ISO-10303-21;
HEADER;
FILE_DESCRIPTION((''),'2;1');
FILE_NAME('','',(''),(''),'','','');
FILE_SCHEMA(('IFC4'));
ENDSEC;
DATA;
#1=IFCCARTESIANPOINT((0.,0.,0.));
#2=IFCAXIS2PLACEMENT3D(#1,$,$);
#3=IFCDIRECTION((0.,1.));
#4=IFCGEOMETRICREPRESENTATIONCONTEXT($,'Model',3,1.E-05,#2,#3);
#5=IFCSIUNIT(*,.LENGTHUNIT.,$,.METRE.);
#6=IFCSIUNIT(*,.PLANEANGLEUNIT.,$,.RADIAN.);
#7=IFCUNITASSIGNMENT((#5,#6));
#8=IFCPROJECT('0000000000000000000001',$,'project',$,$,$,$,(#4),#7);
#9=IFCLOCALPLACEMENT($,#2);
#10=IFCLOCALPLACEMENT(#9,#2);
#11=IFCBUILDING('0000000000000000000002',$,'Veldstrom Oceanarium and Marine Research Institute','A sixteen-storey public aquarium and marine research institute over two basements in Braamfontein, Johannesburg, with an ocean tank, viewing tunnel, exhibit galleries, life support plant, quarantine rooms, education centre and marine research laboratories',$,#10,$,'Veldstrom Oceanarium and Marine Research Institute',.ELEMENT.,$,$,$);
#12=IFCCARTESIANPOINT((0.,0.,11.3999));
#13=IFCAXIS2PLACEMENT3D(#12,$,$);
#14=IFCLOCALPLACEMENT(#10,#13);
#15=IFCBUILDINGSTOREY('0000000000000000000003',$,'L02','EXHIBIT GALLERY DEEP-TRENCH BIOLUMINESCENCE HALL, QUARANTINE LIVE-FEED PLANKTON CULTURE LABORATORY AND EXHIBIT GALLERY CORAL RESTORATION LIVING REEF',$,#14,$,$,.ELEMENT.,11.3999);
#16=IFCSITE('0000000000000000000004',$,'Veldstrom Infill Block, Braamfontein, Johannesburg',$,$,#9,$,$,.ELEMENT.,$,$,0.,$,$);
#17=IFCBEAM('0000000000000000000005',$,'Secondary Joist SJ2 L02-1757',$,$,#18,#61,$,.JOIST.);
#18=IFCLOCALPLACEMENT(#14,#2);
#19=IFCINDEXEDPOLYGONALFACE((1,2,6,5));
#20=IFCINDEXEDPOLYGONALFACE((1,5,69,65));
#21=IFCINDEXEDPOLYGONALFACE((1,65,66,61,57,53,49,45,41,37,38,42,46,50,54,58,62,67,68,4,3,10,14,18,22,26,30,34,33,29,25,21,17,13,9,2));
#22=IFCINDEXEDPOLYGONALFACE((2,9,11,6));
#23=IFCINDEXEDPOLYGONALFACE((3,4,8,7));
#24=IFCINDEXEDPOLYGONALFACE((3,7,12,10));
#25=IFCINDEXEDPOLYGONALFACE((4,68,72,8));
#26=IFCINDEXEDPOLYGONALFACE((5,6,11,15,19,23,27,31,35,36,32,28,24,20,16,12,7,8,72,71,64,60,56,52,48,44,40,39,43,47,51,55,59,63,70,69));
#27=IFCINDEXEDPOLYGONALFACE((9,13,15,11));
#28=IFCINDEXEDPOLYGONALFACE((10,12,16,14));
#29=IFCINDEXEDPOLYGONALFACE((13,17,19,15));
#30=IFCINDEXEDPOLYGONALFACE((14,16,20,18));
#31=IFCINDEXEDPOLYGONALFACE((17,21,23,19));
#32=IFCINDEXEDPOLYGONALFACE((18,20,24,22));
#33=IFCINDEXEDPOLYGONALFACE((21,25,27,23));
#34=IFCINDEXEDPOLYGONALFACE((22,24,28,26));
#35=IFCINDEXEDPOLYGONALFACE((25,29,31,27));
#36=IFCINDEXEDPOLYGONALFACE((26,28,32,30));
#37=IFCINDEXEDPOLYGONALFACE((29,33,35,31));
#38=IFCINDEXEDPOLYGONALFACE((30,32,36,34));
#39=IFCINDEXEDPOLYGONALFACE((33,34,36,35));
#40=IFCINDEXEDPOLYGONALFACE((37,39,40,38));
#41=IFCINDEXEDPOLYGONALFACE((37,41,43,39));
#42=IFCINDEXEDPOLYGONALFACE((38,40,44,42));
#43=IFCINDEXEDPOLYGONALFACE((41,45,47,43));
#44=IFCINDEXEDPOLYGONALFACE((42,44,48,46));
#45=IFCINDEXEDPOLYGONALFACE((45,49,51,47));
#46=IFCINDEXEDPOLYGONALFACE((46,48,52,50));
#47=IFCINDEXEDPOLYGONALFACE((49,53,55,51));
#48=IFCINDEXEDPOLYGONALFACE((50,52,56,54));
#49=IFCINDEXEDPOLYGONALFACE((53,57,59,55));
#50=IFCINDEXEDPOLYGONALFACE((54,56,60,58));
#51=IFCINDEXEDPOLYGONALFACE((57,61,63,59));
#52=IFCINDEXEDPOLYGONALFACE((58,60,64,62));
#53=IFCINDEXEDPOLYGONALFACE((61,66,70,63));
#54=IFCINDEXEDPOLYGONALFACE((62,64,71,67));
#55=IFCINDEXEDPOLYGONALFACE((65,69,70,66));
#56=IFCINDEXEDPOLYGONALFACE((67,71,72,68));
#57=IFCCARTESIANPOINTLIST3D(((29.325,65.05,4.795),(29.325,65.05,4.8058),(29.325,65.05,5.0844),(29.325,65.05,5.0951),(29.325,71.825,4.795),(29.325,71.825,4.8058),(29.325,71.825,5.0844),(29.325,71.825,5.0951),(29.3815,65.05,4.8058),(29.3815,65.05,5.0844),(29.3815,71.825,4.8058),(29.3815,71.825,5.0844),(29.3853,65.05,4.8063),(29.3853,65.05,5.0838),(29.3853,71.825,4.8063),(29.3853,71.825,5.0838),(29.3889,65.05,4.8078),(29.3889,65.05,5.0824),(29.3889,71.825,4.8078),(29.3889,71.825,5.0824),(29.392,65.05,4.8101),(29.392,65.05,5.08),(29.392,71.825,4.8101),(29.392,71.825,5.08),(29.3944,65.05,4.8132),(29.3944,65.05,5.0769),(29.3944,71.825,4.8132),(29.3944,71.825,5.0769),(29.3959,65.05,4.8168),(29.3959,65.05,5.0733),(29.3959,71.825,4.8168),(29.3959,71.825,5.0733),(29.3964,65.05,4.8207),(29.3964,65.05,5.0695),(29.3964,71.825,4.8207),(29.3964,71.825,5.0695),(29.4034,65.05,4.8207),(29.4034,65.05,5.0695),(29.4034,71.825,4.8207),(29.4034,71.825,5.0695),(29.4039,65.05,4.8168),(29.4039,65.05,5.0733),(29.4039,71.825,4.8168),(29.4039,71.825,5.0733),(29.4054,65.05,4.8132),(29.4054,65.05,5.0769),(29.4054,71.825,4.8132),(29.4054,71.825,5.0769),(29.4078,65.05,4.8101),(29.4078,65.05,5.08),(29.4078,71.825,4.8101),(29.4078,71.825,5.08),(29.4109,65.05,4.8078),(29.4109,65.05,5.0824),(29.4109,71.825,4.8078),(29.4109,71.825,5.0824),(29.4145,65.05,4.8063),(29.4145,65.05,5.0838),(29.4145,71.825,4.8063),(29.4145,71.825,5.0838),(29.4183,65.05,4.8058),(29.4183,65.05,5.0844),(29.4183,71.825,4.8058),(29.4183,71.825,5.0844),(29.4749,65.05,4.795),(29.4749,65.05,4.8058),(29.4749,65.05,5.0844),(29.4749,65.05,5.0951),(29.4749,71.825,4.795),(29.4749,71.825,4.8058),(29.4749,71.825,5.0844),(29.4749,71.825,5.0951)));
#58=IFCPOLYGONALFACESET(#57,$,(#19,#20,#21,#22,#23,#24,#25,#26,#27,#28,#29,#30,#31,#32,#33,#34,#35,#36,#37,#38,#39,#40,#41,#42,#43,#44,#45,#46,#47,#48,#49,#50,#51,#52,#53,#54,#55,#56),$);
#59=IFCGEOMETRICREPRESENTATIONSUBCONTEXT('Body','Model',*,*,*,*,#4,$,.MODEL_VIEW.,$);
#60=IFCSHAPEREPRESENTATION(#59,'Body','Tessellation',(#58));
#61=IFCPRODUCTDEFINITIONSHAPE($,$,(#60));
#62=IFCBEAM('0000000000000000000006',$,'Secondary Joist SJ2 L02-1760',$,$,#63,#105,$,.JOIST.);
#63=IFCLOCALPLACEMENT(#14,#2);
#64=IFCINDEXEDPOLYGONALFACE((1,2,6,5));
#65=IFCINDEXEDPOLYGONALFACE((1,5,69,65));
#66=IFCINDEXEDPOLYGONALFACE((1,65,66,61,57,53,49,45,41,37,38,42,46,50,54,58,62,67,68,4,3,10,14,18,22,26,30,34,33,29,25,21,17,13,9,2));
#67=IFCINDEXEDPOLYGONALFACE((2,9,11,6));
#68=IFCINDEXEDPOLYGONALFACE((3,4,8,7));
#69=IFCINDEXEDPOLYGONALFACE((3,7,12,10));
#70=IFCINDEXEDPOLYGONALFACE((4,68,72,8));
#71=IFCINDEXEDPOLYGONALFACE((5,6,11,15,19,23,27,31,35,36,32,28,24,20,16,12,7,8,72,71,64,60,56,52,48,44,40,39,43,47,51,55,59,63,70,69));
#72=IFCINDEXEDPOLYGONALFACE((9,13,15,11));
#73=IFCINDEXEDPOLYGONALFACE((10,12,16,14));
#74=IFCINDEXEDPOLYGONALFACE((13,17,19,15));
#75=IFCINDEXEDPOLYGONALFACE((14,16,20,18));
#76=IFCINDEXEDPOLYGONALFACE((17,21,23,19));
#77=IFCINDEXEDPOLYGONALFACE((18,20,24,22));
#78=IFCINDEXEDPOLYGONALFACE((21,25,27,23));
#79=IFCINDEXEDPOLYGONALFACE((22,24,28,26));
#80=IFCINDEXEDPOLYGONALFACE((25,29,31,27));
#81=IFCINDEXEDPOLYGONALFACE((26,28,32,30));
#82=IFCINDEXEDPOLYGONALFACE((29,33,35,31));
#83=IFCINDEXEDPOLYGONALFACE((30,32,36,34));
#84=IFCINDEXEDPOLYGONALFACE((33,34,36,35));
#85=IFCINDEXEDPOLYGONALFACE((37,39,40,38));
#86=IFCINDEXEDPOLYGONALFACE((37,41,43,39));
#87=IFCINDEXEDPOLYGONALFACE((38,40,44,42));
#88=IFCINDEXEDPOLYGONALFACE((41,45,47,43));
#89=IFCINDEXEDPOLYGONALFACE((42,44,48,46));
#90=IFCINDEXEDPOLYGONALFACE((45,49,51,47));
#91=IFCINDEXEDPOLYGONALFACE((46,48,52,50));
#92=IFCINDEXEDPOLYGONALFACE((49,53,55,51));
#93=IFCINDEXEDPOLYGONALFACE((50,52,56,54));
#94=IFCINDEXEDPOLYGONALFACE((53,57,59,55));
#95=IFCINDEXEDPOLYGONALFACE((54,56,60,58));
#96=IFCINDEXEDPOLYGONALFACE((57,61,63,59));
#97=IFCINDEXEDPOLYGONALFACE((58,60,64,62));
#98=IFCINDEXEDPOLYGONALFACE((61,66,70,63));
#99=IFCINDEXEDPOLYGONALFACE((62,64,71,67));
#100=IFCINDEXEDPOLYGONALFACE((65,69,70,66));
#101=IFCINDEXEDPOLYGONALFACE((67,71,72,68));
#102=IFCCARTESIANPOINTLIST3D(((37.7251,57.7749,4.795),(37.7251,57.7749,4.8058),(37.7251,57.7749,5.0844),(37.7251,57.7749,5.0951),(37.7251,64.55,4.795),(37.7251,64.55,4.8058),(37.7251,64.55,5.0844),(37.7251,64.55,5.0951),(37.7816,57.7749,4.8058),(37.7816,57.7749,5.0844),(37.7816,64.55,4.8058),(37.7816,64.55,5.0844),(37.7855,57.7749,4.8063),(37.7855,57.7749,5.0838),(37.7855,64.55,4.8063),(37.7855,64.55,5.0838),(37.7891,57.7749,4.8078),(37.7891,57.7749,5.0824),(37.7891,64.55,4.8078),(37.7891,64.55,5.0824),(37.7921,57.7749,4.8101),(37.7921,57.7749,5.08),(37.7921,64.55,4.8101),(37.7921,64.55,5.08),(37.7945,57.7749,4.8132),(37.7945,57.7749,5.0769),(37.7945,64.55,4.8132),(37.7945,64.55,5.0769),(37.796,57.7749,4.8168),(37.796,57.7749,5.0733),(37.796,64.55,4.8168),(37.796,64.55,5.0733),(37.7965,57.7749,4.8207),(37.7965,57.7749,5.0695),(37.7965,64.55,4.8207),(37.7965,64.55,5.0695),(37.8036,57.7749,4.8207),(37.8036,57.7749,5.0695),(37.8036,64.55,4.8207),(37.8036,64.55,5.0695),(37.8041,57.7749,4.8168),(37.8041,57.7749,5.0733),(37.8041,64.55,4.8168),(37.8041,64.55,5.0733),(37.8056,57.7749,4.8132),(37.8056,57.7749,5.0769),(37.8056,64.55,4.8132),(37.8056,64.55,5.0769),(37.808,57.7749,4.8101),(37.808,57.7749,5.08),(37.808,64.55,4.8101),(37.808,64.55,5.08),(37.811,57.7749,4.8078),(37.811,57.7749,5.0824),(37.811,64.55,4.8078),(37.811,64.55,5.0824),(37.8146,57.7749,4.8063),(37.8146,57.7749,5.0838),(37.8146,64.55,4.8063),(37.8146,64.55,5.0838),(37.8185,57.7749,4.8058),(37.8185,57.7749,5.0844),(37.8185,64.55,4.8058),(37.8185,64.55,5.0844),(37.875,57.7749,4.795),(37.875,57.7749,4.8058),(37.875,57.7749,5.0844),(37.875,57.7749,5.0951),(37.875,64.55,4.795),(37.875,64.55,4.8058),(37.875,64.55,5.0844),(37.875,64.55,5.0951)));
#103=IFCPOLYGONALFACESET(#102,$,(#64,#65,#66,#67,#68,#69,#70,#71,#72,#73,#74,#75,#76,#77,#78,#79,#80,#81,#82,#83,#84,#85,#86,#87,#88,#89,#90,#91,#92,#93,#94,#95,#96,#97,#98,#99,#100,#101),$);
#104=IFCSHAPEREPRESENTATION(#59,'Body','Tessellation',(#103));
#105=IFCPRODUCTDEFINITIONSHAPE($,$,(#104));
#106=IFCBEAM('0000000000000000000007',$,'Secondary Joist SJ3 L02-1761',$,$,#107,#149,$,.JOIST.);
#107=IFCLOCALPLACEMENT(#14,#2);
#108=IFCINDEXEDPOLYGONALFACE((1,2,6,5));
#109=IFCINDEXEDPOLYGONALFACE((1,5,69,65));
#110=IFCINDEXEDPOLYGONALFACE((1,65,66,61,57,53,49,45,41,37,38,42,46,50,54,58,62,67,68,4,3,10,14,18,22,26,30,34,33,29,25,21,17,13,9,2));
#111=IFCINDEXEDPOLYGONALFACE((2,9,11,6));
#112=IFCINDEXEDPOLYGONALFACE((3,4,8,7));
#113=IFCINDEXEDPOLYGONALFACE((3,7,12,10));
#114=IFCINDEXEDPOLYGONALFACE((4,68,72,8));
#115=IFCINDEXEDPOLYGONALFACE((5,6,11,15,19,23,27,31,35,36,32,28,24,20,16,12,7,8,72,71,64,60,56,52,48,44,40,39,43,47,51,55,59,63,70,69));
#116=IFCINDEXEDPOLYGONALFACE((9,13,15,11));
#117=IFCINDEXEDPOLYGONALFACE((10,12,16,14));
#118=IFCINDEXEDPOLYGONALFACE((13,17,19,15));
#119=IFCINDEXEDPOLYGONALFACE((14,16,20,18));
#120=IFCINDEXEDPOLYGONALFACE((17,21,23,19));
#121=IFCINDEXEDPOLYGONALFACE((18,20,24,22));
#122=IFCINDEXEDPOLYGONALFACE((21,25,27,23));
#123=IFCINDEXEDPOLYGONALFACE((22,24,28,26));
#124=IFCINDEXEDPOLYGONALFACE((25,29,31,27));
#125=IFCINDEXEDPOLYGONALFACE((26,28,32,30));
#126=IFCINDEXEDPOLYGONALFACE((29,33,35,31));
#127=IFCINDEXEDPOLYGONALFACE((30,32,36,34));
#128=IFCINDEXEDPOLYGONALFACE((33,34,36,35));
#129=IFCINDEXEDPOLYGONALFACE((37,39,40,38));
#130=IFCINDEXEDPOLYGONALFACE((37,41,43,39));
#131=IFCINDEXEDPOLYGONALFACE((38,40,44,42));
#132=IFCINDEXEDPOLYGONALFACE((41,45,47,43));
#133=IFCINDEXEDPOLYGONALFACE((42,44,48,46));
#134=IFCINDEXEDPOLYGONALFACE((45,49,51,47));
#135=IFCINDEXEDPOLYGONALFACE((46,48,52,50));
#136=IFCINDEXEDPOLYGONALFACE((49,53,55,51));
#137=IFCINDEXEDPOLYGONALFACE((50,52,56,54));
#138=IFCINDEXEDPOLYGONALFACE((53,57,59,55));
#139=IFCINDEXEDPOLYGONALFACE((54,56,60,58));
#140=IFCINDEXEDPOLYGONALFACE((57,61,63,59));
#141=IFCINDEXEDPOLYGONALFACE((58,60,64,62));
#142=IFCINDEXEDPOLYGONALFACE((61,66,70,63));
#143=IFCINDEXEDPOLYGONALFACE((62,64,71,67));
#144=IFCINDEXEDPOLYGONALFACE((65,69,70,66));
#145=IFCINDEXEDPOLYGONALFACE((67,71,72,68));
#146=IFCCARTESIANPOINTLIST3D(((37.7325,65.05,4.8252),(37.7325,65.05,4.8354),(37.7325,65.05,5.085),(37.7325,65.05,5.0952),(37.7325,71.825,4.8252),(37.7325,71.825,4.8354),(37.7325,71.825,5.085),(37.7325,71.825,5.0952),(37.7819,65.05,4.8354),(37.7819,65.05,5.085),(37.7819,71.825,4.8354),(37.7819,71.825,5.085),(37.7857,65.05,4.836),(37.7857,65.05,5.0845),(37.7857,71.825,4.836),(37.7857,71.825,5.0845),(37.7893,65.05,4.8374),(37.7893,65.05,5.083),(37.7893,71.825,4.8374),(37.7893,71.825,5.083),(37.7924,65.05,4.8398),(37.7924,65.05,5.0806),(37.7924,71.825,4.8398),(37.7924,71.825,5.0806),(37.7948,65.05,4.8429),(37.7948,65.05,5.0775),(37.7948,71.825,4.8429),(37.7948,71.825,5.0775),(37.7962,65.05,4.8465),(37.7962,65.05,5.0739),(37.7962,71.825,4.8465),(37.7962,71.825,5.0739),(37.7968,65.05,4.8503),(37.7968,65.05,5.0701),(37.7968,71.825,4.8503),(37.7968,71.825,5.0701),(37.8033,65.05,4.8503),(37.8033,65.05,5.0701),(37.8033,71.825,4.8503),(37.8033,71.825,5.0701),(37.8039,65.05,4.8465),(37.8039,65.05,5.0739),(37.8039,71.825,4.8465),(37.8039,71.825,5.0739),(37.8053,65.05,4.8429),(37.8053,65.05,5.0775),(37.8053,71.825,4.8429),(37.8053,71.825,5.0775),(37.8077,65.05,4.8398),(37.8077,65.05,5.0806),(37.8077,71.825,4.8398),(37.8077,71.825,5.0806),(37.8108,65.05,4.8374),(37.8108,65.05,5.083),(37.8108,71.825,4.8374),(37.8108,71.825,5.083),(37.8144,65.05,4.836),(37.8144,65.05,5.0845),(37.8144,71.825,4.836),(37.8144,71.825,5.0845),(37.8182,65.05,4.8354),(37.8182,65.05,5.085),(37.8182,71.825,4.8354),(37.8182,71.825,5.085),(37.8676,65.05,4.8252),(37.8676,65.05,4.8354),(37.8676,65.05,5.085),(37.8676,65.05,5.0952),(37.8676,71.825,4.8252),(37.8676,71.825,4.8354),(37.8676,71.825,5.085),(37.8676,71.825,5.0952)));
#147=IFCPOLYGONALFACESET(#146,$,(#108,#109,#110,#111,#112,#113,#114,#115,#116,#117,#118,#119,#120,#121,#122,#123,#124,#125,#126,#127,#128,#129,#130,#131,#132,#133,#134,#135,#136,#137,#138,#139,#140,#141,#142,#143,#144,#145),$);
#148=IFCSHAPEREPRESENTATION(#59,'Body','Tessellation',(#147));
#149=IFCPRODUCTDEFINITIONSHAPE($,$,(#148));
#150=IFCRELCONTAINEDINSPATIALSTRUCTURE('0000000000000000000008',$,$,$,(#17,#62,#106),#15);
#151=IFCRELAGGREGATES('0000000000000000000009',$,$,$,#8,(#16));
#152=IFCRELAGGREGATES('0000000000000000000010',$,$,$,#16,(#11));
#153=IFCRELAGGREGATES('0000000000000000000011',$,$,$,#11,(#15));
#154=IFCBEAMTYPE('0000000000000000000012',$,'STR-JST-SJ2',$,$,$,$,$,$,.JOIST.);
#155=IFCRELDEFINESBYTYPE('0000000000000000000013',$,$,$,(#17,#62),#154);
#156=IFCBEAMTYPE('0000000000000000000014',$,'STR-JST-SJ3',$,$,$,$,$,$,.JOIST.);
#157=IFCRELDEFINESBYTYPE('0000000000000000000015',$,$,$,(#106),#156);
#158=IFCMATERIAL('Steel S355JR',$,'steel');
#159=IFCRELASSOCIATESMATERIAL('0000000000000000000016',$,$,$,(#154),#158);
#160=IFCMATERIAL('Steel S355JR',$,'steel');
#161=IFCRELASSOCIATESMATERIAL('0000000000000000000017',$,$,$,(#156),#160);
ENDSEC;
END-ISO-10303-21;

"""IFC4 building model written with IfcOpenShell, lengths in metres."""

from ifc_helpers import new_model, si_unit, direction, frame, origin, origin_2d, place, context, subcontext, project, spatial, i_section, extrude, material, material_profile, profile_set, type_object, element, save


model = new_model("IFC4")

# Units and contexts
model_context = context("Model", 3, precision=1e-05, world=origin(), true_north=direction((0.0, 1.0)))
body_context = subcontext(model_context, "Body", "Model", "MODEL_VIEW")
ifc_project = project(units=[si_unit("LENGTHUNIT", "METRE"), si_unit("PLANEANGLEUNIT", "RADIAN")], contexts=[model_context])

# Site, building, storey
site_placement = place(None, origin())
site = spatial("IfcSite", under=ifc_project, at=site_placement, Name="Veldstrom Infill Block, Braamfontein, Johannesburg", CompositionType="ELEMENT", RefElevation=0.0)
building_placement = place(site_placement, origin())
building = spatial("IfcBuilding", under=site, at=building_placement, Name="Veldstrom Oceanarium and Marine Research Institute", Description="A sixteen-storey public aquarium and marine research institute over two basements in Braamfontein, Johannesburg, with an ocean tank, viewing tunnel, exhibit galleries, life support plant, quarantine rooms, education centre and marine research laboratories", LongName="Veldstrom Oceanarium and Marine Research Institute", CompositionType="ELEMENT")
storey_placement = place(building_placement, frame((0.0, 0.0, 11.3999)))
storey = spatial("IfcBuildingStorey", under=building, at=storey_placement, Name="L02", Description="EXHIBIT GALLERY DEEP-TRENCH BIOLUMINESCENCE HALL, QUARANTINE LIVE-FEED PLANKTON CULTURE LABORATORY AND EXHIBIT GALLERY CORAL RESTORATION LIVING REEF", CompositionType="ELEMENT", Elevation=11.3999)

# Beams
ifc_material_1 = material(Name="Steel S355JR", Category="steel")
ifc_material_profile_1 = material_profile(ifc_material_1, i_section(OverallWidth=0.1499, OverallDepth=0.3, WebThickness=0.0071, FlangeThickness=0.0107, FilletRadius=0.0149, at=origin_2d()), Name="IPE 300")
ifc_profile_set_1 = profile_set([ifc_material_profile_1], Name="Steel S355JR")
beam_type_1 = type_object("IfcBeamType", Name="STR-JST-SJ2", PredefinedType="JOIST", material=ifc_profile_set_1)
beam_1_placement = place(storey_placement, frame((29.3999, 65.05, 4.9451), z_axis=(0.0, 1.0, 0.0), x_axis=(-1.0, 0.0, 0.0)))
element("IfcBeam", 1, at=beam_1_placement, inside=storey, type_object=beam_type_1, Name="Secondary Joist SJ2 L02-1757", PredefinedType="JOIST", context=body_context, shape_type="SweptSolid", body=[
    extrude(i_section(OverallWidth=0.1499, OverallDepth=0.3, WebThickness=0.0071, FlangeThickness=0.0107, FilletRadius=0.0149, at=origin_2d()), origin(), (0.0, 0.0, 1.0), 6.7749),
])
beam_2_placement = place(storey_placement, frame((37.8, 57.7749, 4.9451), z_axis=(0.0, 1.0, 0.0), x_axis=(-1.0, 0.0, 0.0)))
element("IfcBeam", 2, at=beam_2_placement, inside=storey, type_object=beam_type_1, Name="Secondary Joist SJ2 L02-1760", PredefinedType="JOIST", context=body_context, shape_type="SweptSolid", body=[
    extrude(i_section(OverallWidth=0.1499, OverallDepth=0.3, WebThickness=0.0071, FlangeThickness=0.0107, FilletRadius=0.0149, at=origin_2d()), origin(), (0.0, 0.0, 1.0), 6.7751),
])
ifc_material_2 = material(Name="Steel S355JR", Category="steel")
ifc_material_profile_2 = material_profile(ifc_material_2, i_section(OverallWidth=0.135, OverallDepth=0.27, WebThickness=0.0066, FlangeThickness=0.0103, FilletRadius=0.0149, at=origin_2d()), Name="IPE 270")
ifc_profile_set_2 = profile_set([ifc_material_profile_2], Name="Steel S355JR")
beam_type_2 = type_object("IfcBeamType", Name="STR-JST-SJ3", PredefinedType="JOIST", material=ifc_profile_set_2)
beam_3_placement = place(storey_placement, frame((37.8, 65.05, 4.9602), z_axis=(0.0, 1.0, 0.0), x_axis=(-1.0, 0.0, 0.0)))
element("IfcBeam", 3, at=beam_3_placement, inside=storey, type_object=beam_type_2, Name="Secondary Joist SJ3 L02-1761", PredefinedType="JOIST", context=body_context, shape_type="SweptSolid", body=[
    extrude(i_section(OverallWidth=0.135, OverallDepth=0.27, WebThickness=0.0066, FlangeThickness=0.0103, FilletRadius=0.0149, at=origin_2d()), origin(), (0.0, 0.0, 1.0), 6.7749),
])

save(model, "model.ifc")
